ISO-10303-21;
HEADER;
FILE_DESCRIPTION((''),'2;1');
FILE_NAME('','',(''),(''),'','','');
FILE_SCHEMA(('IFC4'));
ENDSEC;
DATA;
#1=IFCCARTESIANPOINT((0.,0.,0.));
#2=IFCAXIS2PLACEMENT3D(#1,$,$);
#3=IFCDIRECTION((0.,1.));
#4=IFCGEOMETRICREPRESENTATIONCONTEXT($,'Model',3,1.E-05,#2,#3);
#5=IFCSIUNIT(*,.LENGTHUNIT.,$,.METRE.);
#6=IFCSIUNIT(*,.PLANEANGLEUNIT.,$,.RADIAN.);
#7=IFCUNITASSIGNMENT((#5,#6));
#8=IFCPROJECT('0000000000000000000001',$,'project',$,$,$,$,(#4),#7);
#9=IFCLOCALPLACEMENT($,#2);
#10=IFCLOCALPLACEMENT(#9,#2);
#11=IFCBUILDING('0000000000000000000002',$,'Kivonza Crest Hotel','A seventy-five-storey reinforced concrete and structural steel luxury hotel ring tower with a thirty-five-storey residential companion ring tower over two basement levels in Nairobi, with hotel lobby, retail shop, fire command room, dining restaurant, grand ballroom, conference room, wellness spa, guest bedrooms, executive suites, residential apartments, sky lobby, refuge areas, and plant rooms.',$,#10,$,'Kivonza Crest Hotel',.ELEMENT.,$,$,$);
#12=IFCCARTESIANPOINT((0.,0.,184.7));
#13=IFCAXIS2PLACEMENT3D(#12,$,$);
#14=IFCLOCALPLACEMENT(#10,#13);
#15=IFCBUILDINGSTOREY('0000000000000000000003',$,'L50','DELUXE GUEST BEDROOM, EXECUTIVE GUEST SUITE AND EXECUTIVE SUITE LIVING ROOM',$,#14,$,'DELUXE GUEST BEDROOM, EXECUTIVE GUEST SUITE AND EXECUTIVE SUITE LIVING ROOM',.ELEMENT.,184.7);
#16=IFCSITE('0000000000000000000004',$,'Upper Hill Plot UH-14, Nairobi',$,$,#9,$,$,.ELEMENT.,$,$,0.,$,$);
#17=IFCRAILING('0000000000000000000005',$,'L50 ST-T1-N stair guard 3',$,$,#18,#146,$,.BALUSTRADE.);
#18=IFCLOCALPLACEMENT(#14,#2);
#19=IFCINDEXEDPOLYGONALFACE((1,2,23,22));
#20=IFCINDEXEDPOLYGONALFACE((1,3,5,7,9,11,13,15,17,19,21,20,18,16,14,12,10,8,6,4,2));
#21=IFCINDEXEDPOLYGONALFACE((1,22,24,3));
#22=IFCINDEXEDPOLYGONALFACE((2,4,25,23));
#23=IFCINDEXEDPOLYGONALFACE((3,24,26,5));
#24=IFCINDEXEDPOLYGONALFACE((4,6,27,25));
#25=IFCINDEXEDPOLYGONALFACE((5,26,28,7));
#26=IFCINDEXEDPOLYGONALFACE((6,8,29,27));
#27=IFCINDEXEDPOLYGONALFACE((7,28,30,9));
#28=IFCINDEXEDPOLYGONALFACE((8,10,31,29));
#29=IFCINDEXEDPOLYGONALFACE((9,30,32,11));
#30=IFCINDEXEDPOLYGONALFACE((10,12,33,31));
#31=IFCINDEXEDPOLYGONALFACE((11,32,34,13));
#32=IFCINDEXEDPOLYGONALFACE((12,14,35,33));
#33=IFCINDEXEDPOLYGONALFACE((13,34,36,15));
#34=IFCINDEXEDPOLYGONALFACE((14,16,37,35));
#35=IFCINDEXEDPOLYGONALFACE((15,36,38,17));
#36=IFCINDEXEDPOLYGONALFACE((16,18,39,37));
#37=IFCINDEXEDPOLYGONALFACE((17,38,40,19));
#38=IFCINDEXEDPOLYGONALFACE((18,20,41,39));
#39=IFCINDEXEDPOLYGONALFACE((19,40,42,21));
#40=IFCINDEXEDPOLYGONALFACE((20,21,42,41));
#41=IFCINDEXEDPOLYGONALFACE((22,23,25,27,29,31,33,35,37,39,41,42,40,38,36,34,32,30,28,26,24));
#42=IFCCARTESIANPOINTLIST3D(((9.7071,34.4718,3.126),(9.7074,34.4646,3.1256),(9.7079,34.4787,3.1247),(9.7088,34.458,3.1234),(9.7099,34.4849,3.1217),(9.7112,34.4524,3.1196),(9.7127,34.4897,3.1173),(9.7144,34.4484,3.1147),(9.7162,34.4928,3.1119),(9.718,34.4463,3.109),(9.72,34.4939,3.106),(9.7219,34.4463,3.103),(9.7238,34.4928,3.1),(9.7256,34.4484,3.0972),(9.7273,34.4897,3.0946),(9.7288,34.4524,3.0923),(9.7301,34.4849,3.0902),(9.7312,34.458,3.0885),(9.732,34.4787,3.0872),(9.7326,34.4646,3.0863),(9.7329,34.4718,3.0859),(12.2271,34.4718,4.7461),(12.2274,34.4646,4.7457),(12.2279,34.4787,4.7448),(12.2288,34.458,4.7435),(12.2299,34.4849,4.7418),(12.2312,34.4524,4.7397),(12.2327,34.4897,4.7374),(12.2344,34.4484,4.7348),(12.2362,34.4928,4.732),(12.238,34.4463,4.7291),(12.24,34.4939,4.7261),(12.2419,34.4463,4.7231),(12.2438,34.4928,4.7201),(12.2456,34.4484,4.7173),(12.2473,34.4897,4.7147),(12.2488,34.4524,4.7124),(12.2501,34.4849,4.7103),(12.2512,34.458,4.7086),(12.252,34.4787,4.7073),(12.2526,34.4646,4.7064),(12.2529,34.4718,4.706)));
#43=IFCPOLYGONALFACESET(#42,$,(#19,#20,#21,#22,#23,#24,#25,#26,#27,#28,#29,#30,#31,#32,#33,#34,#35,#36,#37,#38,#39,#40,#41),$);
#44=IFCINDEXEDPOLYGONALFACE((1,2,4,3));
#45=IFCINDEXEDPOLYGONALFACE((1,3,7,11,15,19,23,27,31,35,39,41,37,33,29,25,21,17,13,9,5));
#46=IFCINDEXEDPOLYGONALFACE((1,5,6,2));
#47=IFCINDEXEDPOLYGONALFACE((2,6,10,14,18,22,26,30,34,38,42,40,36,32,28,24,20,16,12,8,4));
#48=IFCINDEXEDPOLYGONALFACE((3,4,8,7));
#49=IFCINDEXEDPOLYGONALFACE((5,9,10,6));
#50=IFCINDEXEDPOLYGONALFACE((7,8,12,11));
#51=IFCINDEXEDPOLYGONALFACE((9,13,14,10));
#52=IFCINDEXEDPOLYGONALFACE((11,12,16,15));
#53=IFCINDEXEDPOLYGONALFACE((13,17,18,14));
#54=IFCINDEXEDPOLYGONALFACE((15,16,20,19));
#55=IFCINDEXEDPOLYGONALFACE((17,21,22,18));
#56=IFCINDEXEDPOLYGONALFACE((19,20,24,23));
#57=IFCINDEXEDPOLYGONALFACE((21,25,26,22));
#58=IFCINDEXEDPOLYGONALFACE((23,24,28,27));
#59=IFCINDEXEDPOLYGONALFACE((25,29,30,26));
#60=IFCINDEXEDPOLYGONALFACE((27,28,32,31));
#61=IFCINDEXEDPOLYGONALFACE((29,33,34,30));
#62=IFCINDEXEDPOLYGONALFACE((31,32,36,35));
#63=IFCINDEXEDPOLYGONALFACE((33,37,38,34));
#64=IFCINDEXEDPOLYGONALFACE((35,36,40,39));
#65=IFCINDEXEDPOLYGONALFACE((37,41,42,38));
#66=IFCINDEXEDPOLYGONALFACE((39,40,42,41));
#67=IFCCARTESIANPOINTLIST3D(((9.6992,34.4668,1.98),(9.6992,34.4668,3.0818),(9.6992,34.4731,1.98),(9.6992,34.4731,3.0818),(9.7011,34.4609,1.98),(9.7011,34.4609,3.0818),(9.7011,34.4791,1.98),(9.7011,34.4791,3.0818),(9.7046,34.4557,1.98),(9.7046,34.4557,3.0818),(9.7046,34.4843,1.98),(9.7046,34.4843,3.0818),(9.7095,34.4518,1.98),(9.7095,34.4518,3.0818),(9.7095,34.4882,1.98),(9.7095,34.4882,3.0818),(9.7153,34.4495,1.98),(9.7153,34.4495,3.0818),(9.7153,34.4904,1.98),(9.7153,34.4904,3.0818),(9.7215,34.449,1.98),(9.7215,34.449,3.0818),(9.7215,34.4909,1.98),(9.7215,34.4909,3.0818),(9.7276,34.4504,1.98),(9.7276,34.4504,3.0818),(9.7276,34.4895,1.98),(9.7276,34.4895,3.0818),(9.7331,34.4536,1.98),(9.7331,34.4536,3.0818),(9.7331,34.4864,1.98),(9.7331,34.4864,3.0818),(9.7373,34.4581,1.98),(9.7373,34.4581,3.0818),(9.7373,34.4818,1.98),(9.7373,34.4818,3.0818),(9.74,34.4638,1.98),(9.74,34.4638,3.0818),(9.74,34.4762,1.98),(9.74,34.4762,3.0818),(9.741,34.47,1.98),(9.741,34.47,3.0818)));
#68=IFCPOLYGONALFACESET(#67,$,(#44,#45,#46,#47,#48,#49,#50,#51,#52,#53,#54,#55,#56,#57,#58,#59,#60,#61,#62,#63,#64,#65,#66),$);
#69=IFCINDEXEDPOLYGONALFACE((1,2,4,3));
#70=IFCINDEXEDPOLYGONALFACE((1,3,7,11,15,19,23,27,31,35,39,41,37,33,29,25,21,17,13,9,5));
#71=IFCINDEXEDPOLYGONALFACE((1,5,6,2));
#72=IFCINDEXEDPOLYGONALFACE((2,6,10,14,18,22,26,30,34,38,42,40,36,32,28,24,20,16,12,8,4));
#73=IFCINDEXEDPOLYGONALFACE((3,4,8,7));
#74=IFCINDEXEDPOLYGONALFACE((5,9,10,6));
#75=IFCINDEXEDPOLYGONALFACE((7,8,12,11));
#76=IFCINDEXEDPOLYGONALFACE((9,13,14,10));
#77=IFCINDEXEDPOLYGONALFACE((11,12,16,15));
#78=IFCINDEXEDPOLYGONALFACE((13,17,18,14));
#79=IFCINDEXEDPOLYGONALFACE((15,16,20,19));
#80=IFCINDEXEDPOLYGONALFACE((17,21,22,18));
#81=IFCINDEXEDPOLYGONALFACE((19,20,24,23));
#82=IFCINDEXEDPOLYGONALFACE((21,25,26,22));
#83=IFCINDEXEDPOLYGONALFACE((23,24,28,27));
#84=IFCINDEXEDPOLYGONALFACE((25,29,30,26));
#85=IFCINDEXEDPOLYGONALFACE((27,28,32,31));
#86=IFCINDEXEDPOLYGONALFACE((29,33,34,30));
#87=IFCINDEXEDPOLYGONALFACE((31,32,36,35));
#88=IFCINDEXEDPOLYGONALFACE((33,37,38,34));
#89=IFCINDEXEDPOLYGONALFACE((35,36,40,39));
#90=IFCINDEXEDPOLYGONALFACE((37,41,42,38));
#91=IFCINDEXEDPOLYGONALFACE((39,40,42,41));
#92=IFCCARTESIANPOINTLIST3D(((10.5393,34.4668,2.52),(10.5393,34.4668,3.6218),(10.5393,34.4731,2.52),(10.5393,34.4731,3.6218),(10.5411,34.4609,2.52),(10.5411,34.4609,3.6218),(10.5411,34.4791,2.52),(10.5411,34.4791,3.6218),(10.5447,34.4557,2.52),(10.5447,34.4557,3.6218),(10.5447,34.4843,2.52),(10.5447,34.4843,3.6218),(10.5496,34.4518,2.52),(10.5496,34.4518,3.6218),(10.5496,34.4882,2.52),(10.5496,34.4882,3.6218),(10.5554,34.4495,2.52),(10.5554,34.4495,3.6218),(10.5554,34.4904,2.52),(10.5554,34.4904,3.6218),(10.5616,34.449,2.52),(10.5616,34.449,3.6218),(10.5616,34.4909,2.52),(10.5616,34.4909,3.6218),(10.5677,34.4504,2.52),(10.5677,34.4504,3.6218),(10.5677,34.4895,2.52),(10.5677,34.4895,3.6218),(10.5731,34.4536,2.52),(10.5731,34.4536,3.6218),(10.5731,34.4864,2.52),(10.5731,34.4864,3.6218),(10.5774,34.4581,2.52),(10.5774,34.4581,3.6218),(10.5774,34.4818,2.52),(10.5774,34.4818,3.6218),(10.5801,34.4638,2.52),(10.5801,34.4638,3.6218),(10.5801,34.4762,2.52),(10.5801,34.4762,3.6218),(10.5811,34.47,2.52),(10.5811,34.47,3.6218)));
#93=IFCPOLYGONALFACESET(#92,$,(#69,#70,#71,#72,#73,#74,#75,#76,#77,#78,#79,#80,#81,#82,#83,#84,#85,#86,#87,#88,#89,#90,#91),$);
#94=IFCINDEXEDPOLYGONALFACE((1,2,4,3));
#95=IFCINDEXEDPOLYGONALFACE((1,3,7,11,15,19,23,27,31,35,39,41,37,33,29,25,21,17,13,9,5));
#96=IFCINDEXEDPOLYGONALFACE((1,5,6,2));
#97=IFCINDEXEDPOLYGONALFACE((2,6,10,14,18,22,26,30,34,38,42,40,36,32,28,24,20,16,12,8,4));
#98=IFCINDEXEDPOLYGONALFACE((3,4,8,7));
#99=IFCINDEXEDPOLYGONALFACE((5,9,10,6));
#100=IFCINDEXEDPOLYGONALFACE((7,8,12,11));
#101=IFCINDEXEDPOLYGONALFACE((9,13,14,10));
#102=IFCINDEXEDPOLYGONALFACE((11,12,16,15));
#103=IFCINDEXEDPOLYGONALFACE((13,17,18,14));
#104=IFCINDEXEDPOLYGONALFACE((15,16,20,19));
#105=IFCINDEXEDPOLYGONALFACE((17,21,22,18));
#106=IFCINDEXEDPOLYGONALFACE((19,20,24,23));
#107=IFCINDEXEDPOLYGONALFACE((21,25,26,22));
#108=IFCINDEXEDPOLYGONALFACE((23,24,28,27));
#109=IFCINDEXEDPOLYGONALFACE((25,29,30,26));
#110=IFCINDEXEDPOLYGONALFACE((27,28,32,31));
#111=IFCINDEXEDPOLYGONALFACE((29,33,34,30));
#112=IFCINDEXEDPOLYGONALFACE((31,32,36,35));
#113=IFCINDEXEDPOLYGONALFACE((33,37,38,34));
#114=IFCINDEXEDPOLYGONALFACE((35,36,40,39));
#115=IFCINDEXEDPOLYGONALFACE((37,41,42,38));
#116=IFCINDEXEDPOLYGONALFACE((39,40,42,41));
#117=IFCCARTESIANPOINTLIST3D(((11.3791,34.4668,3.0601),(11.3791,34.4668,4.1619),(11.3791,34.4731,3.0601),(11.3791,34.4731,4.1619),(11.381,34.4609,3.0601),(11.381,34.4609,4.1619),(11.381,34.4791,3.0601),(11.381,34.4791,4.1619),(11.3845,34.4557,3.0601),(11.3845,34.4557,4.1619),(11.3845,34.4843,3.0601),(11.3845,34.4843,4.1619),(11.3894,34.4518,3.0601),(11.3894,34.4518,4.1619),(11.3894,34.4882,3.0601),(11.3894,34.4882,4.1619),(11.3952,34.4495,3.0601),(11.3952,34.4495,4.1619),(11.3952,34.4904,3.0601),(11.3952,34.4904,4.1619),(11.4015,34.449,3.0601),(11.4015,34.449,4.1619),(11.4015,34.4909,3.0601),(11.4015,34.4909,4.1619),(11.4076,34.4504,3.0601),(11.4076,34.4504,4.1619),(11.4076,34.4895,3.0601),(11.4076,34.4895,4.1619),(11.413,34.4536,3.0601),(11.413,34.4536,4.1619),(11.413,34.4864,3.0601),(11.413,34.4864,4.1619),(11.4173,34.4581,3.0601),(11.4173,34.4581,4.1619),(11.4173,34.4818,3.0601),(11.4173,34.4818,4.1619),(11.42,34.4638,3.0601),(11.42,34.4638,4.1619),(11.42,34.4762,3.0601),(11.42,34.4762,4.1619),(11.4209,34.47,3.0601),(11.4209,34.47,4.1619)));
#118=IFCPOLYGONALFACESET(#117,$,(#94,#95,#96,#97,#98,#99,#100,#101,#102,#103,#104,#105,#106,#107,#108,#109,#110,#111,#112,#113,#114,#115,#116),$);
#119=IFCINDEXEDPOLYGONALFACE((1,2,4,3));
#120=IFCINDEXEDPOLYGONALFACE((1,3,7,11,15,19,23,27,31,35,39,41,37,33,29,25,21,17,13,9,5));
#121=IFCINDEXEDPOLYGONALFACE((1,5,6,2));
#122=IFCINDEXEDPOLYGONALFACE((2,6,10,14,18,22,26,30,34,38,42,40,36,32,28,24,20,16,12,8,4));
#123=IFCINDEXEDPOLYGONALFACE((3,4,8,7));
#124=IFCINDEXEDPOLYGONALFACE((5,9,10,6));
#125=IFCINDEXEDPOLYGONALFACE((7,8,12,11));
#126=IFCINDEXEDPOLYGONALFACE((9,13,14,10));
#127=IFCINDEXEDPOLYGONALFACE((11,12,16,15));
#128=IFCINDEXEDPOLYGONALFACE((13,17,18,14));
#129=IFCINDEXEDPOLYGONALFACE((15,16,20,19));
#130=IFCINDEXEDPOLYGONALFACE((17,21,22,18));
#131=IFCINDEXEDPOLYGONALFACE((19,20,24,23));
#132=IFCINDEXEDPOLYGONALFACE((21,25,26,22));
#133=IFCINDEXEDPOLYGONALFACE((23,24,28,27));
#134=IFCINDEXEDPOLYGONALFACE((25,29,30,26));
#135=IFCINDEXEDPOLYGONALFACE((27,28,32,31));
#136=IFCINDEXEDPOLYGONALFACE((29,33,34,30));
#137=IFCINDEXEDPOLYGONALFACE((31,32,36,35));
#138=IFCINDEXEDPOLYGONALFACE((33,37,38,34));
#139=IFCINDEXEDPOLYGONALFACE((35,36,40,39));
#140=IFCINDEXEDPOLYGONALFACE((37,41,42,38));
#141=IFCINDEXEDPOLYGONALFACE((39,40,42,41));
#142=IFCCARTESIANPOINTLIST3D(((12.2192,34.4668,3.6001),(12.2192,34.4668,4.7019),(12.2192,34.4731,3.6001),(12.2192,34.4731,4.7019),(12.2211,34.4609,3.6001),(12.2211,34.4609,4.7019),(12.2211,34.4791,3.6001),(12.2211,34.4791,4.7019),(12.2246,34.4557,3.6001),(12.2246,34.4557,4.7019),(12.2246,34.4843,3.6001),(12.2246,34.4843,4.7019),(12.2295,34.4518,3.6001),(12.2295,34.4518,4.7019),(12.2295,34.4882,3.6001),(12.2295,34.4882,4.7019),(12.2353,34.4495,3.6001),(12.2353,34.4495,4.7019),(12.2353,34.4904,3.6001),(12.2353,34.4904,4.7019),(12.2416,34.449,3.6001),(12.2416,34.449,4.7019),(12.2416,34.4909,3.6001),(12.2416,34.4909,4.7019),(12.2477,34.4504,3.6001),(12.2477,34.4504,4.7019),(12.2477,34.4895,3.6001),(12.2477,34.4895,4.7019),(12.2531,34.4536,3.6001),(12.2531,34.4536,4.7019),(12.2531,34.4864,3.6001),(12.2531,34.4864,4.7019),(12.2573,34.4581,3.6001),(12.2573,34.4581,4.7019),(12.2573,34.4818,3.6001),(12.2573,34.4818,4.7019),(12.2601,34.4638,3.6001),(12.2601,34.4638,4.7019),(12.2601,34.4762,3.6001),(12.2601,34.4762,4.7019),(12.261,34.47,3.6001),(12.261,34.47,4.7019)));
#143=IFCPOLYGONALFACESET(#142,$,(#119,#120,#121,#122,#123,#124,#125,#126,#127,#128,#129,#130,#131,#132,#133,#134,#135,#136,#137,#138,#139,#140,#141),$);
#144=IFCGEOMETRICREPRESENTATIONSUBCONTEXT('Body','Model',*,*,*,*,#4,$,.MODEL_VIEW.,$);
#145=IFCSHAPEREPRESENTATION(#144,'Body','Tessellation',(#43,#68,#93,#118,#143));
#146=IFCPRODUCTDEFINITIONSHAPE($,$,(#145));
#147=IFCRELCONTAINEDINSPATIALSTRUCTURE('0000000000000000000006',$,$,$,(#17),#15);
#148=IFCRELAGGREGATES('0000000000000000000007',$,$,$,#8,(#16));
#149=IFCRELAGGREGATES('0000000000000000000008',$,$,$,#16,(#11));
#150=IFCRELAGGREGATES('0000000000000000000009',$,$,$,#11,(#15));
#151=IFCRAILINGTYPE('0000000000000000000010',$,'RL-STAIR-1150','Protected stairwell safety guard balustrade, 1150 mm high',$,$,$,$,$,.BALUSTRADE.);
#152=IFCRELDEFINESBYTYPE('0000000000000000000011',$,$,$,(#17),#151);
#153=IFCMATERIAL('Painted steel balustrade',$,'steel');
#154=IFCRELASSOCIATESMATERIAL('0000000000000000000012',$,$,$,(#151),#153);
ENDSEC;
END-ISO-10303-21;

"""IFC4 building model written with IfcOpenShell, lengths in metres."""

from ifc_helpers import new_model, si_unit, direction, frame, origin, origin_2d, place, context, subcontext, project, spatial, circle, extrude, material, type_object, element, save


model = new_model("IFC4")

# Units and contexts
model_context = context("Model", 3, precision=1e-05, world=origin(), true_north=direction((0.0, 1.0)))
body_context = subcontext(model_context, "Body", "Model", "MODEL_VIEW")
ifc_project = project(units=[si_unit("LENGTHUNIT", "METRE"), si_unit("PLANEANGLEUNIT", "RADIAN")], contexts=[model_context])

# Site, building, storey
site_placement = place(None, origin())
site = spatial("IfcSite", under=ifc_project, at=site_placement, Name="Upper Hill Plot UH-14, Nairobi", CompositionType="ELEMENT", RefElevation=0.0)
building_placement = place(site_placement, origin())
building = spatial("IfcBuilding", under=site, at=building_placement, Name="Kivonza Crest Hotel", Description="A seventy-five-storey reinforced concrete and structural steel luxury hotel ring tower with a thirty-five-storey residential companion ring tower over two basement levels in Nairobi, with hotel lobby, retail shop, fire command room, dining restaurant, grand ballroom, conference room, wellness spa, guest bedrooms, executive suites, residential apartments, sky lobby, refuge areas, and plant rooms.", LongName="Kivonza Crest Hotel", CompositionType="ELEMENT")
storey_placement = place(building_placement, frame((0.0, 0.0, 184.7)))
storey = spatial("IfcBuildingStorey", under=building, at=storey_placement, Name="L50", Description="DELUXE GUEST BEDROOM, EXECUTIVE GUEST SUITE AND EXECUTIVE SUITE LIVING ROOM", LongName="DELUXE GUEST BEDROOM, EXECUTIVE GUEST SUITE AND EXECUTIVE SUITE LIVING ROOM", CompositionType="ELEMENT", Elevation=184.7)

# Railing
ifc_material_1 = material(Name="Painted steel balustrade", Category="steel")
railing_type_1 = type_object("IfcRailingType", Name="RL-STAIR-1150", Description="Protected stairwell safety guard balustrade, 1150 mm high", PredefinedType="BALUSTRADE", material=ifc_material_1)
railing_1_placement = place(storey_placement, frame((9.72, 34.47, 1.98)))
element("IfcRailing", 1, at=railing_1_placement, inside=storey, type_object=railing_type_1, Name="L50 ST-T1-N stair guard 3", PredefinedType="BALUSTRADE", context=body_context, shape_type="SweptSolid", body=[
    extrude(circle(Radius=0.0239, at=origin_2d()), frame((0.0, 0.0, 1.126), z_axis=(0.841163, 0.0, 0.540782), x_axis=(0.0, 1.0, 0.0)), (0.0, 0.0, 1.0), 2.9958),
    extrude(circle(Radius=0.021, at=origin_2d()), origin(), (0.0, 0.0, 1.0), 1.1018),
    extrude(circle(Radius=0.021, at=origin_2d()), frame((0.8401, 0.0, 0.54)), (0.0, 0.0, 1.0), 1.1018),
    extrude(circle(Radius=0.021, at=origin_2d()), frame((1.6799, 0.0, 1.0801)), (0.0, 0.0, 1.0), 1.1018),
    extrude(circle(Radius=0.021, at=origin_2d()), frame((2.52, 0.0, 1.6201)), (0.0, 0.0, 1.0), 1.1018),
])

save(model, "model.ifc")
